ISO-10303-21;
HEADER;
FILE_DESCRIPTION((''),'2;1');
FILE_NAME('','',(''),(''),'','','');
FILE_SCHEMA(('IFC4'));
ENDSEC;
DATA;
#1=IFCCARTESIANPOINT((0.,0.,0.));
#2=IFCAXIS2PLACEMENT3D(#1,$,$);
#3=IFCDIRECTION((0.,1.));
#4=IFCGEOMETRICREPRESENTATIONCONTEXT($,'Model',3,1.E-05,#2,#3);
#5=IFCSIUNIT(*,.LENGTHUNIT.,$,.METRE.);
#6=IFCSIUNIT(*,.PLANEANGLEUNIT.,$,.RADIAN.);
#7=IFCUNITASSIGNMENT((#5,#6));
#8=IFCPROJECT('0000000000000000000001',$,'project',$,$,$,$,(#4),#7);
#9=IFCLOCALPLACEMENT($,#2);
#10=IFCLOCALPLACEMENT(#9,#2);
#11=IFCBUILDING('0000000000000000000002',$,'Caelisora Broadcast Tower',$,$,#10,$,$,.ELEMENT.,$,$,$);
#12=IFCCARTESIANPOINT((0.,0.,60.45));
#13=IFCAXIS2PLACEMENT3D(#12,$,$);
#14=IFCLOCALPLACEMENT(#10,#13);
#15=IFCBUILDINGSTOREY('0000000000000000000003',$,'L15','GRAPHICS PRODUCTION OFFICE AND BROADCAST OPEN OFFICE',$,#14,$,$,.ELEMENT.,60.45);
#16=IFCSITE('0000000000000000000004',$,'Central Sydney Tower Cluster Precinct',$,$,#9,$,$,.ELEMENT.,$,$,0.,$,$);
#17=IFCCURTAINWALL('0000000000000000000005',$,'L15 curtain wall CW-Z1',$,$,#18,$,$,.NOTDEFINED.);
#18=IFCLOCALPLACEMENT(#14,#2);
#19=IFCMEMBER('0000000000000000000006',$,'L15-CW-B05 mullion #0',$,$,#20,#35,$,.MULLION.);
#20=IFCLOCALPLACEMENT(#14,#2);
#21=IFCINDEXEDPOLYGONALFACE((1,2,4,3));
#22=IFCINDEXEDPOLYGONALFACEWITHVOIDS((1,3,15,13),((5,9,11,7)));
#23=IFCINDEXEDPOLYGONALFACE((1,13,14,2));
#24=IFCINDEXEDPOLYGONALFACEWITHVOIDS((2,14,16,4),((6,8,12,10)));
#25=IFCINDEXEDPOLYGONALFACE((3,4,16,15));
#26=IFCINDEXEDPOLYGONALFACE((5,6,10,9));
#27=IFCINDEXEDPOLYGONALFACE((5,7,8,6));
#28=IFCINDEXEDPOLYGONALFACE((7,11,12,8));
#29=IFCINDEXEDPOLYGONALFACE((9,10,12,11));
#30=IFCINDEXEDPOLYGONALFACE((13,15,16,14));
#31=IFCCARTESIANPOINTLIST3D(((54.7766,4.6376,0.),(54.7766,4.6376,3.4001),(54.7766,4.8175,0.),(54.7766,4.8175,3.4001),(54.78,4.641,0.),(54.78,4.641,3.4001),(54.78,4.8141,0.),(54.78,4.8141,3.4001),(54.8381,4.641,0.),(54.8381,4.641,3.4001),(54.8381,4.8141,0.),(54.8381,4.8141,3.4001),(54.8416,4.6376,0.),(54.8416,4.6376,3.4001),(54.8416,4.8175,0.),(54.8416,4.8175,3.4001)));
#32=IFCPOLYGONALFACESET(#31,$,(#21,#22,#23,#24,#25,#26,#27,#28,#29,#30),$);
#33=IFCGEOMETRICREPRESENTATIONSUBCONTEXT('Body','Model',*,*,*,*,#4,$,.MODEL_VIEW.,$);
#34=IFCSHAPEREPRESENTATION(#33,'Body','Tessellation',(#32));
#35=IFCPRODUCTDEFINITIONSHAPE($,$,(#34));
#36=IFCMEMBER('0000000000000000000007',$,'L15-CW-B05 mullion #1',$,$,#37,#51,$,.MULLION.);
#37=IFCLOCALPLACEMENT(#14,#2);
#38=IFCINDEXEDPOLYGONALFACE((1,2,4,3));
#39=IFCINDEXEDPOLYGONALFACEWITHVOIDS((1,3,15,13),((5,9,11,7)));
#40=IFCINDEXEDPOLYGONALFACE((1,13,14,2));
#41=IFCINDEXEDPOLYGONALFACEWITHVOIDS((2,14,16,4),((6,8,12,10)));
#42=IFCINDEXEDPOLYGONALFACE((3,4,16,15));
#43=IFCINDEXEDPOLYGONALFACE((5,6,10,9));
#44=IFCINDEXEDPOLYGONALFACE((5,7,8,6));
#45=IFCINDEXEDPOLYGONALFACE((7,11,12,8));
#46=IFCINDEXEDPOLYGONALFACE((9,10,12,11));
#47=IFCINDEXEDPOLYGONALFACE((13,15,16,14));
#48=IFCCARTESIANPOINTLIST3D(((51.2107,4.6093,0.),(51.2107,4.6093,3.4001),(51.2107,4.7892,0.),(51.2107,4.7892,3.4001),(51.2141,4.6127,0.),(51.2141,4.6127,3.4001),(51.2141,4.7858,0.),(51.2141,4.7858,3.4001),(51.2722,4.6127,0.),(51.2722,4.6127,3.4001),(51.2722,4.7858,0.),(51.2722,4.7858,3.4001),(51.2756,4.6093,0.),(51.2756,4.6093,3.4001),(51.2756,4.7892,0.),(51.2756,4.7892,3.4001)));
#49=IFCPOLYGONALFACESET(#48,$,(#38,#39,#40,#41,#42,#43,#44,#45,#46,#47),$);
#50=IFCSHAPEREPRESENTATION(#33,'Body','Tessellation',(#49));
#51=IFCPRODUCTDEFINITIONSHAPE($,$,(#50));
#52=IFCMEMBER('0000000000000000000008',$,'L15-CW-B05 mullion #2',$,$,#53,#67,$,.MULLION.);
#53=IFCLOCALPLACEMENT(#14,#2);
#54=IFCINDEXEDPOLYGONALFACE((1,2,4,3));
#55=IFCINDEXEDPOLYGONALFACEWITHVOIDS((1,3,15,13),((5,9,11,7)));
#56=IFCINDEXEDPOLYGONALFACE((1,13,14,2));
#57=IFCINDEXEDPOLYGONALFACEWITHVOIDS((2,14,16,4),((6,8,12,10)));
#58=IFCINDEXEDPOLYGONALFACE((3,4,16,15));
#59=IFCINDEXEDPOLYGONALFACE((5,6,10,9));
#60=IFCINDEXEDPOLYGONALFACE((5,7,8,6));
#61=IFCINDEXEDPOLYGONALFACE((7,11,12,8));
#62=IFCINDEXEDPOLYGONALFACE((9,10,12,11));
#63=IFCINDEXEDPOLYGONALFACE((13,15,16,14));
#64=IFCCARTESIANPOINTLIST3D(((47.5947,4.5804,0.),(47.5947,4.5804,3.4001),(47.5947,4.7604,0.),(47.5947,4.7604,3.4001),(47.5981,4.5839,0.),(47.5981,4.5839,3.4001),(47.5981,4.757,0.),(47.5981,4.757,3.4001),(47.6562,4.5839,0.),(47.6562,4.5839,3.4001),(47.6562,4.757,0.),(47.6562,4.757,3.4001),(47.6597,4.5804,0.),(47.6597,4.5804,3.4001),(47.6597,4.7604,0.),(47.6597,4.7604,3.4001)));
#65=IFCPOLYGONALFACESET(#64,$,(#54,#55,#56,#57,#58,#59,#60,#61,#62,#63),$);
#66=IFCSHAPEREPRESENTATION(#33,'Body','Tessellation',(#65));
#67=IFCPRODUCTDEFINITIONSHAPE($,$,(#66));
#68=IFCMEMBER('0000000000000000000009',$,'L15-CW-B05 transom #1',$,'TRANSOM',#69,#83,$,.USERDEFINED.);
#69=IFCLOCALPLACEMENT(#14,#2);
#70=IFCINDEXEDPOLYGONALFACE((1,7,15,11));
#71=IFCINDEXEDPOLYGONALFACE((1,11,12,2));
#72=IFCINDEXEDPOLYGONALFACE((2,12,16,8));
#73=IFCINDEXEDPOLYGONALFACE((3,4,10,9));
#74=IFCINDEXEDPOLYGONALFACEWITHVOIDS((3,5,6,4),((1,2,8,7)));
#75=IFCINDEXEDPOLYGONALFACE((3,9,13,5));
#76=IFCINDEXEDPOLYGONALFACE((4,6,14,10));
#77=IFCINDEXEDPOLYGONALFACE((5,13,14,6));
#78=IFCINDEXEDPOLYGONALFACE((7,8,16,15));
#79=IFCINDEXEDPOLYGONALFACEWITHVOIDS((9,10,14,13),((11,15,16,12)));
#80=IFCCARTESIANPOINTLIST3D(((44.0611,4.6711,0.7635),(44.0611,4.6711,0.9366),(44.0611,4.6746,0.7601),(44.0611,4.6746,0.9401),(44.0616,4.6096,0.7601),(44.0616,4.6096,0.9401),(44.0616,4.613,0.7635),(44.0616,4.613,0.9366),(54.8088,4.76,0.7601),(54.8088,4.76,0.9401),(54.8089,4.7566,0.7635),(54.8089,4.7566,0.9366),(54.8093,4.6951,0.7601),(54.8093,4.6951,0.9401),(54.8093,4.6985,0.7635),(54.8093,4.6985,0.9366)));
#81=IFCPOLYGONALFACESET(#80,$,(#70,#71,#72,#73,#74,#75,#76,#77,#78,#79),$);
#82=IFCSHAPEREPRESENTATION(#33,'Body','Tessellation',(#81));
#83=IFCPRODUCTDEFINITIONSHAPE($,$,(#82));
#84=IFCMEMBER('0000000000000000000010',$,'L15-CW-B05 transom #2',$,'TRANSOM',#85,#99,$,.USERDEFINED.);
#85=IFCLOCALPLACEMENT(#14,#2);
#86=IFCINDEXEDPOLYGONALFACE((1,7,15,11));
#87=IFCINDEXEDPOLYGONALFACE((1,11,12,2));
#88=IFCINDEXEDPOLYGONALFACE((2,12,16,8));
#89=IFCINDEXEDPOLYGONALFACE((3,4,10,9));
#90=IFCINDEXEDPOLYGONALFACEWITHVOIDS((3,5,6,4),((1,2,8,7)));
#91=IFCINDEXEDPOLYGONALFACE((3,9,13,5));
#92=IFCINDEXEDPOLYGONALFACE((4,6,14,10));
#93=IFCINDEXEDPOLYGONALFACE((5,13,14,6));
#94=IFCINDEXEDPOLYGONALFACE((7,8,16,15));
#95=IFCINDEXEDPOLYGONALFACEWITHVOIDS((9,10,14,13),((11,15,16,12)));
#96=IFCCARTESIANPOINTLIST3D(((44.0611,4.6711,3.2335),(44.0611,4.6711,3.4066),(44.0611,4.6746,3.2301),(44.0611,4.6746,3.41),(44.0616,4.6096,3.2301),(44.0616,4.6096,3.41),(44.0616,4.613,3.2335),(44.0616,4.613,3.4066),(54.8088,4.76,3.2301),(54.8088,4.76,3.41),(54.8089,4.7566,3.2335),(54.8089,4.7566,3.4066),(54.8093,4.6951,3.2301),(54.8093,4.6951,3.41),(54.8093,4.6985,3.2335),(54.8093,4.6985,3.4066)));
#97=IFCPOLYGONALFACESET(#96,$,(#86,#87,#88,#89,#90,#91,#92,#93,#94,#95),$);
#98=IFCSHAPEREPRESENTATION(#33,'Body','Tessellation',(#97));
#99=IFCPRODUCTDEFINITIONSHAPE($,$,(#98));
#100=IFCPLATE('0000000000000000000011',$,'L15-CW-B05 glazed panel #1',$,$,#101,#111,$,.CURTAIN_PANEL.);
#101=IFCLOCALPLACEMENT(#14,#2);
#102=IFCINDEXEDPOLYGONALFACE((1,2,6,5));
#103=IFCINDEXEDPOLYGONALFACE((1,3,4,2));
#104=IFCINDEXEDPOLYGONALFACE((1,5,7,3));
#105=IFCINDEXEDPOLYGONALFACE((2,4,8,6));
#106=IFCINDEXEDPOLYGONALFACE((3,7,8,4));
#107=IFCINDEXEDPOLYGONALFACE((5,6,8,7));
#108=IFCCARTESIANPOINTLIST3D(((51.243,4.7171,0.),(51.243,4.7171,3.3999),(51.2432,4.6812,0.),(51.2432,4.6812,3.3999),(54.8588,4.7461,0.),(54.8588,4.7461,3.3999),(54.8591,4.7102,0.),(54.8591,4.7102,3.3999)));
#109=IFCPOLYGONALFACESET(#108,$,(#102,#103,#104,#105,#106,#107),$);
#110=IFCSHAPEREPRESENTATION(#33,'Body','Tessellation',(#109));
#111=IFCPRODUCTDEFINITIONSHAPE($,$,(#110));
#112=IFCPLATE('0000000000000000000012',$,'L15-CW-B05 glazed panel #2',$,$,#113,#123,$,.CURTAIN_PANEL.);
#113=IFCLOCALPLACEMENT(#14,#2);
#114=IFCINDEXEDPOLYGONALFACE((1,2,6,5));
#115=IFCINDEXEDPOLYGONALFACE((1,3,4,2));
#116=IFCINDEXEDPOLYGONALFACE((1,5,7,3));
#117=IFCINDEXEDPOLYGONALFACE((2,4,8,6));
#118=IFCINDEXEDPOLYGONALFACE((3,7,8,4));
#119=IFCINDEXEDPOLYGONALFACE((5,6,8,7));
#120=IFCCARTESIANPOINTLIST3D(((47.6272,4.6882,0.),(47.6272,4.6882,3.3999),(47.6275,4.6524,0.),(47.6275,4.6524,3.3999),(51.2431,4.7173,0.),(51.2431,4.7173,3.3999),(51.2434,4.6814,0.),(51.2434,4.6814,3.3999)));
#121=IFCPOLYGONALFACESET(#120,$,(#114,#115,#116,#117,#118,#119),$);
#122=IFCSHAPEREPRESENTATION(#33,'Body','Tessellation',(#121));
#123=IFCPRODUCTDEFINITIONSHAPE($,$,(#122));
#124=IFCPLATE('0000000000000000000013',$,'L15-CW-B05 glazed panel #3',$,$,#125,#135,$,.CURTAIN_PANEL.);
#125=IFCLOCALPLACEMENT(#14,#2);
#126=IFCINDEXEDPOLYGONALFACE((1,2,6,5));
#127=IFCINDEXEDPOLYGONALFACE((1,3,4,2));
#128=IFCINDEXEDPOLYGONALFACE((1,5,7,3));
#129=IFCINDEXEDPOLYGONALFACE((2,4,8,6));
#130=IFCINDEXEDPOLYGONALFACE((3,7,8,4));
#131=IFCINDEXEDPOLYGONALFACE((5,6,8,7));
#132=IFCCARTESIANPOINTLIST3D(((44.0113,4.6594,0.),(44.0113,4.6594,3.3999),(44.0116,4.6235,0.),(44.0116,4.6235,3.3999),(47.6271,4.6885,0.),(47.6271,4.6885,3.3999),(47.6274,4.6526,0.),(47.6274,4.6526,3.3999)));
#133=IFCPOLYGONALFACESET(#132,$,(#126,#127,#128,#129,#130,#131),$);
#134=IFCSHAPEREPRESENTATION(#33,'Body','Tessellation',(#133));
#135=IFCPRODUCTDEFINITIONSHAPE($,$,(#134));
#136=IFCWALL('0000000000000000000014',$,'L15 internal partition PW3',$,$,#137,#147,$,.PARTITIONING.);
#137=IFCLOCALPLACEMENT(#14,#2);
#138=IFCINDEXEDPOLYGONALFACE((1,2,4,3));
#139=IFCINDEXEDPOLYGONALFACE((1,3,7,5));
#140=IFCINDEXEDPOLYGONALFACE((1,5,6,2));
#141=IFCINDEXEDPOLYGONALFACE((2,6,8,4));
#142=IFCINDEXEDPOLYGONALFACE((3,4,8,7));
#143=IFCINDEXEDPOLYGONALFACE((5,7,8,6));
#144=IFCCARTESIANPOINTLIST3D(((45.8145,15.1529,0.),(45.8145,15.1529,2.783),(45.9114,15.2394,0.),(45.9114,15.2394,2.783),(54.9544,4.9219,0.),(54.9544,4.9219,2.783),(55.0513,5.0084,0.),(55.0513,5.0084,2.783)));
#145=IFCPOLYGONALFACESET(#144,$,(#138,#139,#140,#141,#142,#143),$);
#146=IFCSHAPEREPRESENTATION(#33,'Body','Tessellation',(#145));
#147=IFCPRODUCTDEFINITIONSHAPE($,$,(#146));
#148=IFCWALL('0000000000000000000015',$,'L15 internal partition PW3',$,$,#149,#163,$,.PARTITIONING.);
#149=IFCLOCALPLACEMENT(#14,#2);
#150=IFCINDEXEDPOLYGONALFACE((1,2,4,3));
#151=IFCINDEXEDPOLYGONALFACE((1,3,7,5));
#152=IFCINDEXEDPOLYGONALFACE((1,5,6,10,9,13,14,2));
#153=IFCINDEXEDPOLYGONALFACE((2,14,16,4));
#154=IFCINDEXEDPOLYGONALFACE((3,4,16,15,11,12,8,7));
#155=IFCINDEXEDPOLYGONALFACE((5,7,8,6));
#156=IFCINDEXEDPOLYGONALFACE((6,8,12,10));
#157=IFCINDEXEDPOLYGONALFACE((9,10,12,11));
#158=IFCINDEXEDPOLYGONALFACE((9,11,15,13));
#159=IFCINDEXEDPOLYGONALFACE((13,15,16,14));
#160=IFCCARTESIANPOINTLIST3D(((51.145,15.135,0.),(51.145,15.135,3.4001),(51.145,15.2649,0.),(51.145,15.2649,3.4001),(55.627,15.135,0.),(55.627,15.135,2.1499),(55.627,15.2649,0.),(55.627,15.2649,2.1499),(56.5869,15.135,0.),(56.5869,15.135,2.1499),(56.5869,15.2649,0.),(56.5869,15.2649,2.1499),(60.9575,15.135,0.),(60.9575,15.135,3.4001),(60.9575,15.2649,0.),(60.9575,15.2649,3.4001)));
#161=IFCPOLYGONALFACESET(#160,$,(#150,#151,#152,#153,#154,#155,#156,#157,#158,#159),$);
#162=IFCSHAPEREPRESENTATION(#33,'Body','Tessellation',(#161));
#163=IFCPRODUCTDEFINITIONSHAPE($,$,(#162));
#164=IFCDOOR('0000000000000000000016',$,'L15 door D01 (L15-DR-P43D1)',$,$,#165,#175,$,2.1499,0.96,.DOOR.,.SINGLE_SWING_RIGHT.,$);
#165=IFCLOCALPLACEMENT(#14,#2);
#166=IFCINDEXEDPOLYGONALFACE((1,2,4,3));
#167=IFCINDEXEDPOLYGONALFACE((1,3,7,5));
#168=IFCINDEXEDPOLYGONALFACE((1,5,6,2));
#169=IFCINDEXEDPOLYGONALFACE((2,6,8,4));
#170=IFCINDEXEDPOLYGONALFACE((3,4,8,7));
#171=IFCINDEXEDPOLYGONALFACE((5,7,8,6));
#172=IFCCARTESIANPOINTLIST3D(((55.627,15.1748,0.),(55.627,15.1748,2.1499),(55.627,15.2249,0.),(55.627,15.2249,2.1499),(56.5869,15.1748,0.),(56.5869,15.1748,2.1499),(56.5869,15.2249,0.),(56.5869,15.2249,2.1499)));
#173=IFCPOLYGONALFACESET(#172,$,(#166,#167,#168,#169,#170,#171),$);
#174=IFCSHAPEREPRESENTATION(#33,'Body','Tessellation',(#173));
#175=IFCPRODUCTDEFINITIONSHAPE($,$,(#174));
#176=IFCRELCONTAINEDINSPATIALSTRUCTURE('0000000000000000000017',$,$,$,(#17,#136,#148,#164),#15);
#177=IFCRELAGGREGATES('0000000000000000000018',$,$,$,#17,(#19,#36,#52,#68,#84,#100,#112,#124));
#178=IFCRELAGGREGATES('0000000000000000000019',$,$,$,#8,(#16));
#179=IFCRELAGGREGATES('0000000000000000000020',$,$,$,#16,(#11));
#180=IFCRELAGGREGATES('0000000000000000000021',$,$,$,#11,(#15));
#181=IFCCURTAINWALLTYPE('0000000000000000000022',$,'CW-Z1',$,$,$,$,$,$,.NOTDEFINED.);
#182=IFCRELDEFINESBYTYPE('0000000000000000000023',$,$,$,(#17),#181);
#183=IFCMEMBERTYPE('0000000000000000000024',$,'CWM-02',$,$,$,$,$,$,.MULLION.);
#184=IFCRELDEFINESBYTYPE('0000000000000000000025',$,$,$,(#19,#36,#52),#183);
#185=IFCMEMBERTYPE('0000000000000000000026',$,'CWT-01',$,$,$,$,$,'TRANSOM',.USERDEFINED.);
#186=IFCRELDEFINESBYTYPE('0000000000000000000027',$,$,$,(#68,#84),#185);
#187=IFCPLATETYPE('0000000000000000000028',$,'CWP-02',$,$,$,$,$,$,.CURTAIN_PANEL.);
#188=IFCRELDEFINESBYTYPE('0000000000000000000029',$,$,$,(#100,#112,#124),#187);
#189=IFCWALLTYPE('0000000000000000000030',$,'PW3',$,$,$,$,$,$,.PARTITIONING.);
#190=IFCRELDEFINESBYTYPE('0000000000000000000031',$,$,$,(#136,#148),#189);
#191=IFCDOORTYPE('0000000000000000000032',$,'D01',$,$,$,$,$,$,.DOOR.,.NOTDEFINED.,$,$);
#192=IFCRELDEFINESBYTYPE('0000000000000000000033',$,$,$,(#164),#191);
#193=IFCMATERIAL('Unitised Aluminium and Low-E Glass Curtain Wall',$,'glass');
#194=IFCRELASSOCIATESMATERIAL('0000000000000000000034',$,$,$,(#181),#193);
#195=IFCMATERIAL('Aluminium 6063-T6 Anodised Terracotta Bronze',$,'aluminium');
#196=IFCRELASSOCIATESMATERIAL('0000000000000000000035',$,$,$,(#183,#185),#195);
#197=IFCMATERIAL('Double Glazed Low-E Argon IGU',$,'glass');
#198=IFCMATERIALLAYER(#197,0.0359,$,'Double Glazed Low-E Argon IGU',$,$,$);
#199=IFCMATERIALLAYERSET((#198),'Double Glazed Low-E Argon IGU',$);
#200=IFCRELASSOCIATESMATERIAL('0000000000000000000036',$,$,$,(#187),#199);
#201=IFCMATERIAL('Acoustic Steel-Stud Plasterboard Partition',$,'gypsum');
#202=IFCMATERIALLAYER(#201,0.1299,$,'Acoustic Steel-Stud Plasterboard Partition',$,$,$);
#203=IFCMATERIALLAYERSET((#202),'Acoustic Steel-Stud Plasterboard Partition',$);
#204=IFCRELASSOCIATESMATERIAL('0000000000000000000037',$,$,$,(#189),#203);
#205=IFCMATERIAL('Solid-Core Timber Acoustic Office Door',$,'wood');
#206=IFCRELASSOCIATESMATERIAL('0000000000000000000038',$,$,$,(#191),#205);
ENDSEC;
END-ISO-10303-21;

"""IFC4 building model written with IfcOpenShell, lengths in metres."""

from ifc_helpers import new_model, si_unit, direction, frame, frame_2d, origin, origin_2d, place, context, subcontext, project, spatial, rectangle, hollow_rectangle, extrude, source, transform, mapped, material, layer, layer_set, material_profile, profile_set, type_object, type_shapes, element, fill, aggregate, save


model = new_model("IFC4")

# Units and contexts
model_context = context("Model", 3, precision=1e-05, world=origin(), true_north=direction((0.0, 1.0)))
body_context = subcontext(model_context, "Body", "Model", "MODEL_VIEW")
ifc_project = project(units=[si_unit("LENGTHUNIT", "METRE"), si_unit("PLANEANGLEUNIT", "RADIAN")], contexts=[model_context])

# Site, building, storey
site_placement = place(None, origin())
site = spatial("IfcSite", under=ifc_project, at=site_placement, Name="Central Sydney Tower Cluster Precinct", CompositionType="ELEMENT", RefElevation=0.0)
building_placement = place(site_placement, origin())
building = spatial("IfcBuilding", under=site, at=building_placement, Name="Caelisora Broadcast Tower", CompositionType="ELEMENT")
storey_placement = place(building_placement, frame((0.0, 0.0, 60.45)))
storey = spatial("IfcBuildingStorey", under=building, at=storey_placement, Name="L15", Description="GRAPHICS PRODUCTION OFFICE AND BROADCAST OPEN OFFICE", CompositionType="ELEMENT", Elevation=60.45)

# Curtain wall, members, plates
ifc_material_1 = material(Name="Unitised Aluminium and Low-E Glass Curtain Wall", Category="glass")
curtain_wall_type = type_object("IfcCurtainWallType", Name="CW-Z1", PredefinedType="NOTDEFINED", material=ifc_material_1)
curtain_wall_placement = place(storey_placement, origin())
curtain_wall = element("IfcCurtainWall", 1, at=curtain_wall_placement, inside=storey, type_object=curtain_wall_type, Name="L15 curtain wall CW-Z1", PredefinedType="NOTDEFINED")
ifc_material_2 = material(Name="Aluminium 6063-T6 Anodised Terracotta Bronze", Category="aluminium")
ifc_material_profile_1 = material_profile(ifc_material_2, hollow_rectangle(XDim=0.0649, YDim=0.1799, WallThickness=0.0034, at=origin_2d()), Name="Aluminium 6063-T6 Anodised Terracotta Bronze")
ifc_profile_set_1 = profile_set([ifc_material_profile_1], Name="Aluminium 6063-T6 Anodised Terracotta Bronze")
member_type_1 = type_object("IfcMemberType", Name="CWM-02", PredefinedType="MULLION", material=ifc_profile_set_1)
shared_shape_1 = source(origin(), body_context, "Body", "SweptSolid", [
    extrude(hollow_rectangle(XDim=0.0649, YDim=0.1799, WallThickness=0.0034, at=origin_2d()), origin(), (0.0, 0.0, 1.0), 3.4001),
])
type_shapes(member_type_1, [shared_shape_1])
member_1_placement = place(storey_placement, frame((54.8091, 4.7275, 0.0), z_axis=(0.0, 0.0, 1.0), x_axis=(1.0, 0.0, 0.0)))
member_1 = element("IfcMember", 2, at=member_1_placement, type_object=member_type_1, Name="L15-CW-B05 mullion #0", PredefinedType="MULLION", context=body_context, shape_type="MappedRepresentation", body=[
    mapped(shared_shape_1, transform((0.0, 0.0, 0.0), scale=1.0)),
])
member_2_placement = place(storey_placement, frame((51.2432, 4.6992, 0.0), z_axis=(0.0, 0.0, 1.0), x_axis=(1.0, 0.0, 0.0)))
member_2 = element("IfcMember", 3, at=member_2_placement, type_object=member_type_1, Name="L15-CW-B05 mullion #1", PredefinedType="MULLION", context=body_context, shape_type="MappedRepresentation", body=[
    mapped(shared_shape_1, transform((0.0, 0.0, 0.0), scale=1.0)),
])
member_3_placement = place(storey_placement, frame((47.6272, 4.6704, 0.0), z_axis=(0.0, 0.0, 1.0), x_axis=(1.0, 0.0, 0.0)))
member_3 = element("IfcMember", 4, at=member_3_placement, type_object=member_type_1, Name="L15-CW-B05 mullion #2", PredefinedType="MULLION", context=body_context, shape_type="MappedRepresentation", body=[
    mapped(shared_shape_1, transform((0.0, 0.0, 0.0), scale=1.0)),
])
ifc_material_profile_2 = material_profile(ifc_material_2, hollow_rectangle(XDim=0.0649, YDim=0.1799, WallThickness=0.0034, at=origin_2d()), Name="Aluminium 6063-T6 Anodised Terracotta Bronze")
ifc_profile_set_2 = profile_set([ifc_material_profile_2], Name="Aluminium 6063-T6 Anodised Terracotta Bronze")
member_type_2 = type_object("IfcMemberType", Name="CWT-01", ElementType="TRANSOM", PredefinedType="USERDEFINED", material=ifc_profile_set_2)
shared_shape_2 = source(origin(), body_context, "Body", "SweptSolid", [
    extrude(hollow_rectangle(XDim=0.0649, YDim=0.1799, WallThickness=0.0034, at=origin_2d()), origin(), (0.0, 0.0, 1.0), 10.748),
])
type_shapes(member_type_2, [shared_shape_2])
member_4_placement = place(storey_placement, frame((54.8091, 4.7275, 0.8501), z_axis=(-0.999968, -0.00795, 0.0), x_axis=(0.00795, -0.999968, 0.0)))
member_4 = element("IfcMember", 5, at=member_4_placement, type_object=member_type_2, Name="L15-CW-B05 transom #1", ObjectType="TRANSOM", PredefinedType="USERDEFINED", context=body_context, shape_type="MappedRepresentation", body=[
    mapped(shared_shape_2, transform((0.0, 0.0, 0.0), scale=1.0)),
])
member_5_placement = place(storey_placement, frame((54.8091, 4.7275, 3.3201), z_axis=(-0.999968, -0.00795, 0.0), x_axis=(0.00795, -0.999968, 0.0)))
member_5 = element("IfcMember", 6, at=member_5_placement, type_object=member_type_2, Name="L15-CW-B05 transom #2", ObjectType="TRANSOM", PredefinedType="USERDEFINED", context=body_context, shape_type="MappedRepresentation", body=[
    mapped(shared_shape_2, transform((0.0, 0.0, 0.0), scale=1.0)),
])
ifc_material_3 = material(Name="Double Glazed Low-E Argon IGU", Category="glass")
ifc_layer_1 = layer(ifc_material_3, 0.0359, Name="Double Glazed Low-E Argon IGU")
ifc_layer_set_1 = layer_set([ifc_layer_1], Name="Double Glazed Low-E Argon IGU")
plate_type = type_object("IfcPlateType", Name="CWP-02", PredefinedType="CURTAIN_PANEL", material=ifc_layer_set_1)
shared_shape_3 = source(origin(), body_context, "Body", "SweptSolid", [
    extrude(rectangle(XDim=3.616, YDim=0.0359, at=origin_2d()), origin(), (0.0, 0.0, 1.0), 3.3999),
])
type_shapes(plate_type, [shared_shape_3])
plate_1_placement = place(storey_placement, frame((53.051, 4.7136, 0.0), z_axis=(0.0, 0.0, 1.0), x_axis=(-0.999968, -0.008028, 0.0)))
plate_1 = element("IfcPlate", 7, at=plate_1_placement, type_object=plate_type, Name="L15-CW-B05 glazed panel #1", PredefinedType="CURTAIN_PANEL", context=body_context, shape_type="MappedRepresentation", body=[
    mapped(shared_shape_3, transform((0.0, 0.0, 0.0), scale=1.0)),
])
plate_2_placement = place(storey_placement, frame((49.4353, 4.6848, 0.0), z_axis=(0.0, 0.0, 1.0), x_axis=(-0.999968, -0.008028, 0.0)))
plate_2 = element("IfcPlate", 8, at=plate_2_placement, type_object=plate_type, Name="L15-CW-B05 glazed panel #2", PredefinedType="CURTAIN_PANEL", context=body_context, shape_type="MappedRepresentation", body=[
    mapped(shared_shape_3, transform((0.0, 0.0, 0.0), scale=1.0)),
])
plate_3_placement = place(storey_placement, frame((45.8193, 4.656, 0.0), z_axis=(0.0, 0.0, 1.0), x_axis=(-0.999968, -0.008028, 0.0)))
plate_3 = element("IfcPlate", 9, at=plate_3_placement, type_object=plate_type, Name="L15-CW-B05 glazed panel #3", PredefinedType="CURTAIN_PANEL", context=body_context, shape_type="MappedRepresentation", body=[
    mapped(shared_shape_3, transform((0.0, 0.0, 0.0), scale=1.0)),
])
aggregate(curtain_wall, [member_1, member_2, member_3, member_4, member_5, plate_1, plate_2, plate_3])

# Wall
ifc_material_4 = material(Name="Acoustic Steel-Stud Plasterboard Partition", Category="gypsum")
ifc_layer_2 = layer(ifc_material_4, 0.1299, Name="Acoustic Steel-Stud Plasterboard Partition")
ifc_layer_set_2 = layer_set([ifc_layer_2], Name="Acoustic Steel-Stud Plasterboard Partition")
wall_type = type_object("IfcWallType", Name="PW3", PredefinedType="PARTITIONING", material=ifc_layer_set_2)
wall_1_placement = place(storey_placement, frame((45.863, 15.196, 0.0), z_axis=(0.0, 0.0, 1.0), x_axis=(0.666223, -0.745753, 0.0)))
element("IfcWall", 10, at=wall_1_placement, inside=storey, type_object=wall_type, Name="L15 internal partition PW3", PredefinedType="PARTITIONING", context=body_context, shape_type="SweptSolid", body=[
    extrude(rectangle(XDim=13.719, YDim=0.1299, at=frame_2d((6.8594, 0.0))), origin(), (0.0, 0.0, 1.0), 2.783),
])

# Wall, opening, door
wall_2_placement = place(storey_placement, frame((51.145, 15.2, 0.0), z_axis=(0.0, 0.0, 1.0), x_axis=(1.0, 0.0, 0.0)))
wall_2 = element("IfcWall", 11, at=wall_2_placement, inside=storey, type_object=wall_type, Name="L15 internal partition PW3", PredefinedType="PARTITIONING", context=body_context, shape_type="SweptSolid", body=[
    extrude(rectangle(XDim=9.8125, YDim=0.1299, at=frame_2d((4.9062, 0.0))), origin(), (0.0, 0.0, 1.0), 3.4001),
])
opening_1_placement = place(wall_2_placement, frame((4.4819, 0.0, 0.0)))
opening_1 = element("IfcOpeningElement", 12, at=opening_1_placement, cuts=wall_2, PredefinedType="OPENING", context=body_context, shape_type="SweptSolid", body=[
    extrude(rectangle(XDim=0.96, YDim=2.1499, at=frame_2d((0.48, 1.075))), frame((0.0, 0.0769, 0.0), z_axis=(0.0, -1.0, 0.0), x_axis=(1.0, 0.0, 0.0)), (0.0, 0.0, 1.0), 0.1538),
])
ifc_material_5 = material(Name="Solid-Core Timber Acoustic Office Door", Category="wood")
door_type = type_object("IfcDoorType", Name="D01", OperationType="NOTDEFINED", PredefinedType="DOOR", material=ifc_material_5)
door_1_placement = place(opening_1_placement, origin())
door_1 = element("IfcDoor", 13, at=door_1_placement, inside=storey, type_object=door_type, Name="L15 door D01 (L15-DR-P43D1)", OperationType="SINGLE_SWING_RIGHT", OverallHeight=2.1499, OverallWidth=0.96, PredefinedType="DOOR", context=body_context, shape_type="SweptSolid", body=[
    extrude(rectangle(XDim=0.96, YDim=2.1499, at=frame_2d((0.48, 1.075))), frame((0.0, 0.0249, 0.0), z_axis=(0.0, -1.0, 0.0), x_axis=(1.0, 0.0, 0.0)), (0.0, 0.0, 1.0), 0.05),
])
fill(opening_1, door_1)

save(model, "model.ifc")
